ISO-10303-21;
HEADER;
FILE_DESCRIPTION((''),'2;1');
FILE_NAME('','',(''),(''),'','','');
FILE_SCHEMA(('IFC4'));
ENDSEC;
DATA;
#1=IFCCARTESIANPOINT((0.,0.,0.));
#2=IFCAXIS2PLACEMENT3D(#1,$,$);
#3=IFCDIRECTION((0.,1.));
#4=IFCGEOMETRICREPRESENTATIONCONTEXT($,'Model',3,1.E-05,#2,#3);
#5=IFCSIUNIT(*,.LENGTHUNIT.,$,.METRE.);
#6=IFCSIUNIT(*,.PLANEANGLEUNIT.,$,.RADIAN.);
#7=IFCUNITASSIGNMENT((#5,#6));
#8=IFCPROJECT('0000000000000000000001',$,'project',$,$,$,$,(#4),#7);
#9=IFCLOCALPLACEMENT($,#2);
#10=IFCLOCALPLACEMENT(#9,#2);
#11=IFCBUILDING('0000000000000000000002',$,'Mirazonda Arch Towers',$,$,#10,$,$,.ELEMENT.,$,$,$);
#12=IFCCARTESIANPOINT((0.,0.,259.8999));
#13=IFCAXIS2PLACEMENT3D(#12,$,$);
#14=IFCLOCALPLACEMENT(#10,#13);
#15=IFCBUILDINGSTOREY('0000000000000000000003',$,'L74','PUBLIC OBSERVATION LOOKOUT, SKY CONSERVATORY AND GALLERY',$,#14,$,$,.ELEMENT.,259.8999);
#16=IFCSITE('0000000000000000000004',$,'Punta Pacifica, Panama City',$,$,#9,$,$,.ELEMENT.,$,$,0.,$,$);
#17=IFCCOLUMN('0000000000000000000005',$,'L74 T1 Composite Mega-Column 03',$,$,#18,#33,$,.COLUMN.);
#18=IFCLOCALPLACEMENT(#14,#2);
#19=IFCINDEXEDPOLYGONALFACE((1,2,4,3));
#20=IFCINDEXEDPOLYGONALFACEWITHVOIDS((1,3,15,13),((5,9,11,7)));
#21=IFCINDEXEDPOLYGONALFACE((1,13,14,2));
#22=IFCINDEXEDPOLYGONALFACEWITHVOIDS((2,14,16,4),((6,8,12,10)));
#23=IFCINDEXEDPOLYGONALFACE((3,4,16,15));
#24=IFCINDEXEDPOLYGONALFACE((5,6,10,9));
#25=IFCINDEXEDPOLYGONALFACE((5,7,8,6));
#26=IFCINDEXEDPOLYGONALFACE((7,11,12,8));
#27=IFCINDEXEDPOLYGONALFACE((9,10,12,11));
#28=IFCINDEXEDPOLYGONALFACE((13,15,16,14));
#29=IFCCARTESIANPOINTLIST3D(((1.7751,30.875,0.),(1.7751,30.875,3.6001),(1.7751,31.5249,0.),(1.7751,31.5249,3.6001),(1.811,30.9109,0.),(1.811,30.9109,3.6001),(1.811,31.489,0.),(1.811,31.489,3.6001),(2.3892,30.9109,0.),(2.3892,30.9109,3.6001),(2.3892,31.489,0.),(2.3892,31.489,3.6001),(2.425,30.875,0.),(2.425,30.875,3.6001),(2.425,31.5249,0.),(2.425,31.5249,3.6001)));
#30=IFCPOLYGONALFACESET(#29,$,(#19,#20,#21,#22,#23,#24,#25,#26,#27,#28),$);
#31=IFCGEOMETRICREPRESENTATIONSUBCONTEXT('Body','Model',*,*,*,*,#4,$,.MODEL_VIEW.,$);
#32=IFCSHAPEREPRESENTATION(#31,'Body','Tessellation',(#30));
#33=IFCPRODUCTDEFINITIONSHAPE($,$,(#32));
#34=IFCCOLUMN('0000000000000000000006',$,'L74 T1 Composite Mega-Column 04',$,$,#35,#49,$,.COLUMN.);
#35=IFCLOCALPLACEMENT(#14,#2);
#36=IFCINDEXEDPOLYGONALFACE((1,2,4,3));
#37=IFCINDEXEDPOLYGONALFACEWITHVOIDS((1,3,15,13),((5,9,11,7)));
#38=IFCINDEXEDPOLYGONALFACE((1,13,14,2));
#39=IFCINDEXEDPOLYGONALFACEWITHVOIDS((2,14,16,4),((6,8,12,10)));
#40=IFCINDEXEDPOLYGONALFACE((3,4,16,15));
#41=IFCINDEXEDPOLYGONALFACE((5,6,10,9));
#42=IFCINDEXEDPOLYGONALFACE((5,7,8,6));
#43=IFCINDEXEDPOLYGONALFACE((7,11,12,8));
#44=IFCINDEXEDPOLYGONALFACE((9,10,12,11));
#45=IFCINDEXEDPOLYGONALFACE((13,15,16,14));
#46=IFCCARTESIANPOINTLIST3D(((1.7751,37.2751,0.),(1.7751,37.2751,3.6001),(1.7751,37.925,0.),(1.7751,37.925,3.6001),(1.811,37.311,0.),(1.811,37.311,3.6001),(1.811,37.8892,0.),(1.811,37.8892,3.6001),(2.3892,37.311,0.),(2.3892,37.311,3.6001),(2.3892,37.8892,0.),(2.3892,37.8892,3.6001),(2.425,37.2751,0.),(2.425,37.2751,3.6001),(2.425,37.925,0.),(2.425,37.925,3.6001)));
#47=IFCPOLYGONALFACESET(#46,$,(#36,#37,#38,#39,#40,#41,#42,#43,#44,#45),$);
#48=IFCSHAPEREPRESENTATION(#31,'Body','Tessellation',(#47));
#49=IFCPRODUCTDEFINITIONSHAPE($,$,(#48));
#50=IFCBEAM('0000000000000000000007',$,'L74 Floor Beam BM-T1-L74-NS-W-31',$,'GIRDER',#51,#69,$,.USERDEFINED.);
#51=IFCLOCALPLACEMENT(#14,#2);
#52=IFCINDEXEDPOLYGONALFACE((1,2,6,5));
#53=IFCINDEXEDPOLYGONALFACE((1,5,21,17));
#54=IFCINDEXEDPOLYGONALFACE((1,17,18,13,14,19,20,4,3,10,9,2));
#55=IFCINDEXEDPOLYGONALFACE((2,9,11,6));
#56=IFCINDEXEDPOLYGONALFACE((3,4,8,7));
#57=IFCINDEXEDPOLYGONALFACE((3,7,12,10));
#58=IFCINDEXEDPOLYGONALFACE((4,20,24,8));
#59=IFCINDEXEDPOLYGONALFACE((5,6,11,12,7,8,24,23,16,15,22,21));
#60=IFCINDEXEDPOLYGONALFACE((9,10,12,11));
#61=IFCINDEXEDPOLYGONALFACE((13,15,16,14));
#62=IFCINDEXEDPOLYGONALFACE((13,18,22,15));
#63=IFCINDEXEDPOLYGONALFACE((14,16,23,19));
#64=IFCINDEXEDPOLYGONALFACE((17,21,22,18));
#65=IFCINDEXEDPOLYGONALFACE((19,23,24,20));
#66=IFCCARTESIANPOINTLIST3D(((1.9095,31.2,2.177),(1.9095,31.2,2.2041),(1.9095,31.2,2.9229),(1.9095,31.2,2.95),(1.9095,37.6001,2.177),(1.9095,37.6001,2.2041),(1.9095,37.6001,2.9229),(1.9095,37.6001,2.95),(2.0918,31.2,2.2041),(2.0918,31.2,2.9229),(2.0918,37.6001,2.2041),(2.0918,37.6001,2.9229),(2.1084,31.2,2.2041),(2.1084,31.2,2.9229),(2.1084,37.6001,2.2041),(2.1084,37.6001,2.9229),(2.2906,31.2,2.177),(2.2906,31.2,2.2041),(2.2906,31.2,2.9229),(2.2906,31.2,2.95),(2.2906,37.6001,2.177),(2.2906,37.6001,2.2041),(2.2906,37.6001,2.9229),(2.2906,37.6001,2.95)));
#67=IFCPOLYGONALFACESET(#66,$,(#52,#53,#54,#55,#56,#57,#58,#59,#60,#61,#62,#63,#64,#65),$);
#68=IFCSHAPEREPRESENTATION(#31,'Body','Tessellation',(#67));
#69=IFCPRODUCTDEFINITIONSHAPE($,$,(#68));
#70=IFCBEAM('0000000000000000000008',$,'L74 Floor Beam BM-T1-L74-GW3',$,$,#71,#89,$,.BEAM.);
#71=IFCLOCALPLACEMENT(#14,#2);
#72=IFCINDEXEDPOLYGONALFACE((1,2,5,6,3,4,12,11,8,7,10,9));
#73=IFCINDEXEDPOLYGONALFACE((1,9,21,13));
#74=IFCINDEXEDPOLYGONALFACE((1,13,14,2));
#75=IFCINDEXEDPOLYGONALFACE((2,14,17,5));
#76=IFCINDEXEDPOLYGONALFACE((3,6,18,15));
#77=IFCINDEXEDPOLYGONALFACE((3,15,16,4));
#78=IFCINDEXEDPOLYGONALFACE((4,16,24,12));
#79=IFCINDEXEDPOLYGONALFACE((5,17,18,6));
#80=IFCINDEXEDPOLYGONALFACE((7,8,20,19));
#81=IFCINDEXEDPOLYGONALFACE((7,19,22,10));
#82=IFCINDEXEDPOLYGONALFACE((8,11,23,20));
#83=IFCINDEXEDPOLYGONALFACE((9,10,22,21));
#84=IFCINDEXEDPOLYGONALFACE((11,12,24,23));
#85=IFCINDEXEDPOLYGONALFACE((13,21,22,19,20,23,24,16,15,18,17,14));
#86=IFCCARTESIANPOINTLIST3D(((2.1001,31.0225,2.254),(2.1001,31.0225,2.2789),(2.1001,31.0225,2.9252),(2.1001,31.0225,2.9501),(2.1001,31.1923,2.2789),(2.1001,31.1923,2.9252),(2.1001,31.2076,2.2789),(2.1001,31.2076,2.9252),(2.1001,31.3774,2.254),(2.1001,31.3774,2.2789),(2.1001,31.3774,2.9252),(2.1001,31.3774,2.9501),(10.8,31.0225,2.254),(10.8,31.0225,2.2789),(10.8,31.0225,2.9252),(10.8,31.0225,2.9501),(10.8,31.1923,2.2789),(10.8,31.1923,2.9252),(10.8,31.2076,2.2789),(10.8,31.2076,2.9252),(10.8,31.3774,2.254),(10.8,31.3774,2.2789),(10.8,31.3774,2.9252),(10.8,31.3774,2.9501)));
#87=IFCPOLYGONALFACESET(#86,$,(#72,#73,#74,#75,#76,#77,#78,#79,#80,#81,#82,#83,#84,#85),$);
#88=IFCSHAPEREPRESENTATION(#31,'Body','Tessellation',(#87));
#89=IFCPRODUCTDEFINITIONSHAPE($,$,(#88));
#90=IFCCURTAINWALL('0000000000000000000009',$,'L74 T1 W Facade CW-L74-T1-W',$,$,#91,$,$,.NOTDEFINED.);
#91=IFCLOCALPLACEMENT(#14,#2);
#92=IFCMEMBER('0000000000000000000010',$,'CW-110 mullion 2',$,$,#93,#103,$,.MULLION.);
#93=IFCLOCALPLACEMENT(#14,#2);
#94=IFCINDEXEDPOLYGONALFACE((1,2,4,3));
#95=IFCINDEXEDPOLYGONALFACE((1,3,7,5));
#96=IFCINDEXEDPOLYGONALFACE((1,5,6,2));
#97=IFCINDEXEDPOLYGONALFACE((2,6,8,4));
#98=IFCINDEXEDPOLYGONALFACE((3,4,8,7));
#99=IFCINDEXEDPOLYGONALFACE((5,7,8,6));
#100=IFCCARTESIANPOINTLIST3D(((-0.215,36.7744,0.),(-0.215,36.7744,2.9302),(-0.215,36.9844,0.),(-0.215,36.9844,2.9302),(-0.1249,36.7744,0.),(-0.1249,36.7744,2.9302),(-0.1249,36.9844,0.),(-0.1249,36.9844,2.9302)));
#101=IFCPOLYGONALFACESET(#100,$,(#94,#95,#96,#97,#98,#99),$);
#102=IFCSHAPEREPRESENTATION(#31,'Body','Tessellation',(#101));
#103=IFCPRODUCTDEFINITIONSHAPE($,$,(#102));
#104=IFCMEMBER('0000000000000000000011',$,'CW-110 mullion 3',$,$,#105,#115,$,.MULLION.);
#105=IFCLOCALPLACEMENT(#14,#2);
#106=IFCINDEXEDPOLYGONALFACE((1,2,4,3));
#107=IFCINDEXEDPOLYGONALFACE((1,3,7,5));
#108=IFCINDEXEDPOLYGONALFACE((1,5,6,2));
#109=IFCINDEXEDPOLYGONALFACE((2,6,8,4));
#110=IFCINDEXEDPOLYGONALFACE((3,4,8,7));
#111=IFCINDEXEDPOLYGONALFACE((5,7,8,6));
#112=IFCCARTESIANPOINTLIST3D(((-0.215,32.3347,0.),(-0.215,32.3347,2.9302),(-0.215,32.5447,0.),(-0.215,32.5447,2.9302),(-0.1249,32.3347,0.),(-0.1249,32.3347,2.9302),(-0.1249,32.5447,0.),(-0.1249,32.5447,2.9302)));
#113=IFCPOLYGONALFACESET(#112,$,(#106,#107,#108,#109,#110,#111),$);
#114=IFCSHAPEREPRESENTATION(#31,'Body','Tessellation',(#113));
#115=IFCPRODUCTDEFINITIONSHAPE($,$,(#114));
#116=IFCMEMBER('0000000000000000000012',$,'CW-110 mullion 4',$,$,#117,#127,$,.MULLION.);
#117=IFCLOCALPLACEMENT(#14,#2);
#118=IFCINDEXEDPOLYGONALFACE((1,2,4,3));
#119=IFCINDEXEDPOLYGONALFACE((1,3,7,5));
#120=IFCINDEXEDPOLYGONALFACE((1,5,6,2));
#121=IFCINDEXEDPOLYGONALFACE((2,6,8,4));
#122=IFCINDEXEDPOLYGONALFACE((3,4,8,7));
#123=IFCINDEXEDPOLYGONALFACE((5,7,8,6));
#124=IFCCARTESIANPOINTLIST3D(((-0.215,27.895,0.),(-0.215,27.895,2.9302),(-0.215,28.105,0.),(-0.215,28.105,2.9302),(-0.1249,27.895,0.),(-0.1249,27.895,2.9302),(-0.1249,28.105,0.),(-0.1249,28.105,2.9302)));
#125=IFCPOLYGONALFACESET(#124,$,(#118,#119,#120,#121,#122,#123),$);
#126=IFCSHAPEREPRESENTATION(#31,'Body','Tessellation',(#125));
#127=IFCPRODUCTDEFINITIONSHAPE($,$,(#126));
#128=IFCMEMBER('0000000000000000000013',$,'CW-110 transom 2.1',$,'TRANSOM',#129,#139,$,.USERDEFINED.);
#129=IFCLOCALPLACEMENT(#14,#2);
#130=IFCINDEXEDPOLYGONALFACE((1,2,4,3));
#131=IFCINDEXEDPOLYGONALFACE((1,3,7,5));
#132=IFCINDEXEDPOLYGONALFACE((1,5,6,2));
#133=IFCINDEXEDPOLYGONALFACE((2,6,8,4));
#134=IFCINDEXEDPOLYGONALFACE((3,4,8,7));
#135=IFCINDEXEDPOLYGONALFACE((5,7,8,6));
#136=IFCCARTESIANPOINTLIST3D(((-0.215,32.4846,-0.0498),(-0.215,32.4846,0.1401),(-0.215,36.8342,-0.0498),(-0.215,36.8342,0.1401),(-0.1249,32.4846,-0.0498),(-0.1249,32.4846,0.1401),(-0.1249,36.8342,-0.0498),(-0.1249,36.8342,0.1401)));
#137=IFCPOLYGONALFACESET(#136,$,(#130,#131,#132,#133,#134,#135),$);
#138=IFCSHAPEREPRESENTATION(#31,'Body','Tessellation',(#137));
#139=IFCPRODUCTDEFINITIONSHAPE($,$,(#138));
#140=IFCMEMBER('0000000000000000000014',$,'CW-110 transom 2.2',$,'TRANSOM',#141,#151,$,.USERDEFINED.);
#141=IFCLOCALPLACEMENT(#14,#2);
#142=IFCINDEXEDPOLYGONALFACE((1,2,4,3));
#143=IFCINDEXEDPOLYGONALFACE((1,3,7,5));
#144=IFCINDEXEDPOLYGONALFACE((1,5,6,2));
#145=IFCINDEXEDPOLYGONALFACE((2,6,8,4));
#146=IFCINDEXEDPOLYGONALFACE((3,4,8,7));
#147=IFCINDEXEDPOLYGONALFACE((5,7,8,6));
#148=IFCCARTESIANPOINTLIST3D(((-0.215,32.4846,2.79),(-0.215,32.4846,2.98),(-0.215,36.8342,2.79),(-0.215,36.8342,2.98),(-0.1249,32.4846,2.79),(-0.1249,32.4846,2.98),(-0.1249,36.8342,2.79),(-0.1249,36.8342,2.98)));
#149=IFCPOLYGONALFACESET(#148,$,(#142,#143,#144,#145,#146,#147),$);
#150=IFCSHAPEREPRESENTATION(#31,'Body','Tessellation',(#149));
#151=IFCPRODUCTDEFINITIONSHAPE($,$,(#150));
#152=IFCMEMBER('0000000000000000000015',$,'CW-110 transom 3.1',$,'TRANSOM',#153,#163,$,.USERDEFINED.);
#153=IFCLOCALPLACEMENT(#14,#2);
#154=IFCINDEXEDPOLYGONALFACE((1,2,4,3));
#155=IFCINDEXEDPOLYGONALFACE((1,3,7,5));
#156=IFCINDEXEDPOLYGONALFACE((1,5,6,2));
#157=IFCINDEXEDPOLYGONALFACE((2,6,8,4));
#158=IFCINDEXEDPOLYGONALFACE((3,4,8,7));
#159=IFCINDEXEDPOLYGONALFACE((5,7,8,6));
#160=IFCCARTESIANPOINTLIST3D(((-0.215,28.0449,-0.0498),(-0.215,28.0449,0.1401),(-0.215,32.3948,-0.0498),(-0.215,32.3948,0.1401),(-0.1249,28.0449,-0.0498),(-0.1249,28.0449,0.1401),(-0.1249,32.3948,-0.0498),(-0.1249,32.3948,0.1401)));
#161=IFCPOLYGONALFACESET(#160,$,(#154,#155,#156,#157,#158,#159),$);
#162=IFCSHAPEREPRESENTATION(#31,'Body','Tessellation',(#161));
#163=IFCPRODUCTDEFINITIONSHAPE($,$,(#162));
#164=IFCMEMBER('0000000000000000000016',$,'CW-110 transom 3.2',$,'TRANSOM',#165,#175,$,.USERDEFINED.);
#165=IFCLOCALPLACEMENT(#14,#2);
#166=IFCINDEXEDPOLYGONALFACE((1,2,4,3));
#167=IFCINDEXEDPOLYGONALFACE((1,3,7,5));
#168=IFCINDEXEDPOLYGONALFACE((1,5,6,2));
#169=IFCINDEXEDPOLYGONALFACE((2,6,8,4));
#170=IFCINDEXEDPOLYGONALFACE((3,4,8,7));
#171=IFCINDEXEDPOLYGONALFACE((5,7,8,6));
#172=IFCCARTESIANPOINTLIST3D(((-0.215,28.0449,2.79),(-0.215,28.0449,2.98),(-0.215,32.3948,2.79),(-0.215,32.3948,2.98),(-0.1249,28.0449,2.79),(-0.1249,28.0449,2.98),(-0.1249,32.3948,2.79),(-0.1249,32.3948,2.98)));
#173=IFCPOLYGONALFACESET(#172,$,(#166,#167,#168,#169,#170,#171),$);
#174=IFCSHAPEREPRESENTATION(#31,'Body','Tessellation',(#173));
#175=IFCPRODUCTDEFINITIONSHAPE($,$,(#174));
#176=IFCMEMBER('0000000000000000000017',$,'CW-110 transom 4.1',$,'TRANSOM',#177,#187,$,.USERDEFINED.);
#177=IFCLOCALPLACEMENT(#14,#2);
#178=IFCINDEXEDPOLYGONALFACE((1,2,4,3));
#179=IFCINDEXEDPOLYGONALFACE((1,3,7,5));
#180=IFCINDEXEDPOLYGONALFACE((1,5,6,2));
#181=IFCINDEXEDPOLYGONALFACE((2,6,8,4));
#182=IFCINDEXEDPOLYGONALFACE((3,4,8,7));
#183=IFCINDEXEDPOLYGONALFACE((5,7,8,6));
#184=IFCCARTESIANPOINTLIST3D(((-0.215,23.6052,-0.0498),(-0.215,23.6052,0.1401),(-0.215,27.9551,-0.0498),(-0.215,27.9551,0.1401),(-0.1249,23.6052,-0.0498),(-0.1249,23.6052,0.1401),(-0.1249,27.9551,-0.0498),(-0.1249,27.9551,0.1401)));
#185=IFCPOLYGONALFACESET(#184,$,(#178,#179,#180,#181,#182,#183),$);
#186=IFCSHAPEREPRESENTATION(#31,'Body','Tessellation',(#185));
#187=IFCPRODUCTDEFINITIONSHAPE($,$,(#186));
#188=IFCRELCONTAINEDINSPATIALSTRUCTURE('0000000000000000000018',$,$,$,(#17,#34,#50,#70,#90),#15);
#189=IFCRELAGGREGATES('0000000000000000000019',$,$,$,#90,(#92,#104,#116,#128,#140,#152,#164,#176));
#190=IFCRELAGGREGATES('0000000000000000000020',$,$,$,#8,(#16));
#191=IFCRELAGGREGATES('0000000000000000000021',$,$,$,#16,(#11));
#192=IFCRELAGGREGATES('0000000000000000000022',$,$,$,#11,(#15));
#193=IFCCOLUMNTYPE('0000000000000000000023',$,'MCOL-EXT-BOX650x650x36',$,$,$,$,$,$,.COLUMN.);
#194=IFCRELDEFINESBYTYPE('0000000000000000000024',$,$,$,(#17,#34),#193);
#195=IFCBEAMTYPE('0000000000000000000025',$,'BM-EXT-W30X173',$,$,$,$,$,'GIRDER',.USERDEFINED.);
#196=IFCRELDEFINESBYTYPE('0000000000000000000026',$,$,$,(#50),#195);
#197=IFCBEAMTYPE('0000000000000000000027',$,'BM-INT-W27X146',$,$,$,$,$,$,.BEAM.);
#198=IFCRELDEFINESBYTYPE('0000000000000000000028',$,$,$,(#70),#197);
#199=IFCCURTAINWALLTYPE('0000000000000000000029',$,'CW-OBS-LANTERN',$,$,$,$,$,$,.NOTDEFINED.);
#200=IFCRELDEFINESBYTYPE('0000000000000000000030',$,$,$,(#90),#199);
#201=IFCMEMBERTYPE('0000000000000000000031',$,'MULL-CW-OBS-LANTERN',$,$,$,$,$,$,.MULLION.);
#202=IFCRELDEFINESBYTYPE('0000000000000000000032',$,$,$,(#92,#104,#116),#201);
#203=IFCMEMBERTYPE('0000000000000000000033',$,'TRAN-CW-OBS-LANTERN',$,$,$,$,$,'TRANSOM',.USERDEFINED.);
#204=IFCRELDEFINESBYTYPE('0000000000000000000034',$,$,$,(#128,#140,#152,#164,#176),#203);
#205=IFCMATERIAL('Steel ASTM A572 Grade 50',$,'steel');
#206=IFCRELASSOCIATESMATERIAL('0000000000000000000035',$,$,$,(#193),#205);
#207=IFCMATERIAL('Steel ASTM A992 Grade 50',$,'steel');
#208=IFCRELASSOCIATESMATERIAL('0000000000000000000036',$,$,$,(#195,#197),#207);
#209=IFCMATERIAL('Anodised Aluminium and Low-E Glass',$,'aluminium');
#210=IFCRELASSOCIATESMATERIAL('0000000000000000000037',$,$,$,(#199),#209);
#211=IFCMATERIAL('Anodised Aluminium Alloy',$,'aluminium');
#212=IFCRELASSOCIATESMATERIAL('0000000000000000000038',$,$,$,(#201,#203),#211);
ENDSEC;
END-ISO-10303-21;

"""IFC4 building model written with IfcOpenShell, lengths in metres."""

from ifc_helpers import new_model, si_unit, direction, frame, origin, origin_2d, place, context, subcontext, project, spatial, rectangle, hollow_rectangle, i_section, extrude, material, material_profile, profile_set, type_object, element, aggregate, save


model = new_model("IFC4")

# Units and contexts
model_context = context("Model", 3, precision=1e-05, world=origin(), true_north=direction((0.0, 1.0)))
body_context = subcontext(model_context, "Body", "Model", "MODEL_VIEW")
ifc_project = project(units=[si_unit("LENGTHUNIT", "METRE"), si_unit("PLANEANGLEUNIT", "RADIAN")], contexts=[model_context])

# Site, building, storey
site_placement = place(None, origin())
site = spatial("IfcSite", under=ifc_project, at=site_placement, Name="Punta Pacifica, Panama City", CompositionType="ELEMENT", RefElevation=0.0)
building_placement = place(site_placement, origin())
building = spatial("IfcBuilding", under=site, at=building_placement, Name="Mirazonda Arch Towers", CompositionType="ELEMENT")
storey_placement = place(building_placement, frame((0.0, 0.0, 259.8999)))
storey = spatial("IfcBuildingStorey", under=building, at=storey_placement, Name="L74", Description="PUBLIC OBSERVATION LOOKOUT, SKY CONSERVATORY AND GALLERY", CompositionType="ELEMENT", Elevation=259.8999)

# Columns
ifc_material_1 = material(Name="Steel ASTM A572 Grade 50", Category="steel")
ifc_material_profile_1 = material_profile(ifc_material_1, hollow_rectangle(XDim=0.6499, YDim=0.6499, WallThickness=0.0359, at=origin_2d()), Name="BOX650x650x36")
ifc_profile_set_1 = profile_set([ifc_material_profile_1], Name="Steel ASTM A572 Grade 50")
column_type = type_object("IfcColumnType", Name="MCOL-EXT-BOX650x650x36", PredefinedType="COLUMN", material=ifc_profile_set_1)
for number, where, z_axis, x_axis, name in (
    (1, (2.1001, 31.2, 0.0), (0.0, 0.0, 1.0), (1.0, 0.0, 0.0), "L74 T1 Composite Mega-Column 03"),
    (2, (2.1001, 37.6001, 0.0), (0.0, 0.0, 1.0), (1.0, 0.0, 0.0), "L74 T1 Composite Mega-Column 04"),
):
    element("IfcColumn", number, at=place(storey_placement, frame(where, z_axis=z_axis, x_axis=x_axis)), inside=storey, type_object=column_type, Name=name, PredefinedType="COLUMN", context=body_context, shape_type="SweptSolid", body=[
        extrude(hollow_rectangle(XDim=0.6499, YDim=0.6499, WallThickness=0.0359, at=origin_2d()), origin(), (0.0, 0.0, 1.0), 3.6001),
    ])

# Beams
ifc_material_2 = material(Name="Steel ASTM A992 Grade 50", Category="steel")
ifc_material_profile_2 = material_profile(ifc_material_2, i_section(OverallWidth=0.3811, OverallDepth=0.7729, WebThickness=0.0166, FlangeThickness=0.0271, at=origin_2d()), Name="W30X173")
ifc_profile_set_2 = profile_set([ifc_material_profile_2], Name="Steel ASTM A992 Grade 50")
beam_type_1 = type_object("IfcBeamType", Name="BM-EXT-W30X173", ElementType="GIRDER", PredefinedType="USERDEFINED", material=ifc_profile_set_2)
beam_1_placement = place(storey_placement, frame((2.1001, 31.2, 2.5635), z_axis=(0.0, 1.0, 0.0), x_axis=(-1.0, 0.0, 0.0)))
element("IfcBeam", 3, at=beam_1_placement, inside=storey, type_object=beam_type_1, Name="L74 Floor Beam BM-T1-L74-NS-W-31", ObjectType="GIRDER", PredefinedType="USERDEFINED", context=body_context, shape_type="SweptSolid", body=[
    extrude(i_section(OverallWidth=0.3811, OverallDepth=0.7729, WebThickness=0.0166, FlangeThickness=0.0271, at=origin_2d()), origin(), (0.0, 0.0, 1.0), 6.4001),
])
ifc_material_profile_3 = material_profile(ifc_material_2, i_section(OverallWidth=0.355, OverallDepth=0.696, WebThickness=0.0154, FlangeThickness=0.0249, at=origin_2d()), Name="W27X146")
ifc_profile_set_3 = profile_set([ifc_material_profile_3], Name="Steel ASTM A992 Grade 50")
beam_type_2 = type_object("IfcBeamType", Name="BM-INT-W27X146", PredefinedType="BEAM", material=ifc_profile_set_3)
beam_2_placement = place(storey_placement, frame((2.1001, 31.2, 2.6021), z_axis=(1.0, 0.0, 0.0), x_axis=(0.0, 1.0, 0.0)))
element("IfcBeam", 4, at=beam_2_placement, inside=storey, type_object=beam_type_2, Name="L74 Floor Beam BM-T1-L74-GW3", PredefinedType="BEAM", context=body_context, shape_type="SweptSolid", body=[
    extrude(i_section(OverallWidth=0.355, OverallDepth=0.696, WebThickness=0.0154, FlangeThickness=0.0249, at=origin_2d()), origin(), (0.0, 0.0, 1.0), 8.7),
])

# Curtain wall, members
ifc_material_3 = material(Name="Anodised Aluminium and Low-E Glass", Category="aluminium")
curtain_wall_type = type_object("IfcCurtainWallType", Name="CW-OBS-LANTERN", PredefinedType="NOTDEFINED", material=ifc_material_3)
curtain_wall_placement = place(storey_placement, origin())
curtain_wall = element("IfcCurtainWall", 5, at=curtain_wall_placement, inside=storey, type_object=curtain_wall_type, Name="L74 T1 W Facade CW-L74-T1-W", PredefinedType="NOTDEFINED")
ifc_material_4 = material(Name="Anodised Aluminium Alloy", Category="aluminium")
ifc_material_profile_4 = material_profile(ifc_material_4, rectangle(XDim=0.0901, YDim=0.21, at=origin_2d()), Name="ALU-MULL-90x210")
ifc_profile_set_4 = profile_set([ifc_material_profile_4], Name="Anodised Aluminium Alloy")
member_type_1 = type_object("IfcMemberType", Name="MULL-CW-OBS-LANTERN", PredefinedType="MULLION", material=ifc_profile_set_4)
member_1_placement = place(storey_placement, frame((-0.1699, 36.8794, 0.0), z_axis=(0.0, 0.0, 1.0), x_axis=(1.0, 0.0, 0.0)))
member_1 = element("IfcMember", 6, at=member_1_placement, type_object=member_type_1, Name="CW-110 mullion 2", PredefinedType="MULLION", context=body_context, shape_type="SweptSolid", body=[
    extrude(rectangle(XDim=0.0901, YDim=0.21, at=origin_2d()), origin(), (0.0, 0.0, 1.0), 2.9302),
])
member_2_placement = place(storey_placement, frame((-0.1699, 32.4397, 0.0), z_axis=(0.0, 0.0, 1.0), x_axis=(1.0, 0.0, 0.0)))
member_2 = element("IfcMember", 7, at=member_2_placement, type_object=member_type_1, Name="CW-110 mullion 3", PredefinedType="MULLION", context=body_context, shape_type="SweptSolid", body=[
    extrude(rectangle(XDim=0.0901, YDim=0.21, at=origin_2d()), origin(), (0.0, 0.0, 1.0), 2.9302),
])
member_3_placement = place(storey_placement, frame((-0.1699, 28.0, 0.0), z_axis=(0.0, 0.0, 1.0), x_axis=(1.0, 0.0, 0.0)))
member_3 = element("IfcMember", 8, at=member_3_placement, type_object=member_type_1, Name="CW-110 mullion 4", PredefinedType="MULLION", context=body_context, shape_type="SweptSolid", body=[
    extrude(rectangle(XDim=0.0901, YDim=0.21, at=origin_2d()), origin(), (0.0, 0.0, 1.0), 2.9302),
])
ifc_material_profile_5 = material_profile(ifc_material_4, rectangle(XDim=0.0901, YDim=0.1899, at=origin_2d()), Name="ALU-TRAN-90x190")
ifc_profile_set_5 = profile_set([ifc_material_profile_5], Name="Anodised Aluminium Alloy")
member_type_2 = type_object("IfcMemberType", Name="TRAN-CW-OBS-LANTERN", ElementType="TRANSOM", PredefinedType="USERDEFINED", material=ifc_profile_set_5)
member_4_placement = place(storey_placement, frame((-0.1699, 36.8342, 0.0452), z_axis=(0.0, -1.0, 0.0), x_axis=(1.0, 0.0, 0.0)))
member_4 = element("IfcMember", 9, at=member_4_placement, type_object=member_type_2, Name="CW-110 transom 2.1", ObjectType="TRANSOM", PredefinedType="USERDEFINED", context=body_context, shape_type="SweptSolid", body=[
    extrude(rectangle(XDim=0.0901, YDim=0.1899, at=origin_2d()), origin(), (0.0, 0.0, 1.0), 4.3496),
])
member_5_placement = place(storey_placement, frame((-0.1699, 36.8342, 2.885), z_axis=(0.0, -1.0, 0.0), x_axis=(1.0, 0.0, 0.0)))
member_5 = element("IfcMember", 10, at=member_5_placement, type_object=member_type_2, Name="CW-110 transom 2.2", ObjectType="TRANSOM", PredefinedType="USERDEFINED", context=body_context, shape_type="SweptSolid", body=[
    extrude(rectangle(XDim=0.0901, YDim=0.1899, at=origin_2d()), origin(), (0.0, 0.0, 1.0), 4.3496),
])
member_6_placement = place(storey_placement, frame((-0.1699, 32.3948, 0.0452), z_axis=(0.0, -1.0, 0.0), x_axis=(1.0, 0.0, 0.0)))
member_6 = element("IfcMember", 11, at=member_6_placement, type_object=member_type_2, Name="CW-110 transom 3.1", ObjectType="TRANSOM", PredefinedType="USERDEFINED", context=body_context, shape_type="SweptSolid", body=[
    extrude(rectangle(XDim=0.0901, YDim=0.1899, at=origin_2d()), origin(), (0.0, 0.0, 1.0), 4.3499),
])
member_7_placement = place(storey_placement, frame((-0.1699, 32.3948, 2.885), z_axis=(0.0, -1.0, 0.0), x_axis=(1.0, 0.0, 0.0)))
member_7 = element("IfcMember", 12, at=member_7_placement, type_object=member_type_2, Name="CW-110 transom 3.2", ObjectType="TRANSOM", PredefinedType="USERDEFINED", context=body_context, shape_type="SweptSolid", body=[
    extrude(rectangle(XDim=0.0901, YDim=0.1899, at=origin_2d()), origin(), (0.0, 0.0, 1.0), 4.3499),
])
member_8_placement = place(storey_placement, frame((-0.1699, 27.9551, 0.0452), z_axis=(0.0, -1.0, 0.0), x_axis=(1.0, 0.0, 0.0)))
member_8 = element("IfcMember", 13, at=member_8_placement, type_object=member_type_2, Name="CW-110 transom 4.1", ObjectType="TRANSOM", PredefinedType="USERDEFINED", context=body_context, shape_type="SweptSolid", body=[
    extrude(rectangle(XDim=0.0901, YDim=0.1899, at=origin_2d()), origin(), (0.0, 0.0, 1.0), 4.3499),
])
aggregate(curtain_wall, [member_1, member_2, member_3, member_4, member_5, member_6, member_7, member_8])

save(model, "model.ifc")
